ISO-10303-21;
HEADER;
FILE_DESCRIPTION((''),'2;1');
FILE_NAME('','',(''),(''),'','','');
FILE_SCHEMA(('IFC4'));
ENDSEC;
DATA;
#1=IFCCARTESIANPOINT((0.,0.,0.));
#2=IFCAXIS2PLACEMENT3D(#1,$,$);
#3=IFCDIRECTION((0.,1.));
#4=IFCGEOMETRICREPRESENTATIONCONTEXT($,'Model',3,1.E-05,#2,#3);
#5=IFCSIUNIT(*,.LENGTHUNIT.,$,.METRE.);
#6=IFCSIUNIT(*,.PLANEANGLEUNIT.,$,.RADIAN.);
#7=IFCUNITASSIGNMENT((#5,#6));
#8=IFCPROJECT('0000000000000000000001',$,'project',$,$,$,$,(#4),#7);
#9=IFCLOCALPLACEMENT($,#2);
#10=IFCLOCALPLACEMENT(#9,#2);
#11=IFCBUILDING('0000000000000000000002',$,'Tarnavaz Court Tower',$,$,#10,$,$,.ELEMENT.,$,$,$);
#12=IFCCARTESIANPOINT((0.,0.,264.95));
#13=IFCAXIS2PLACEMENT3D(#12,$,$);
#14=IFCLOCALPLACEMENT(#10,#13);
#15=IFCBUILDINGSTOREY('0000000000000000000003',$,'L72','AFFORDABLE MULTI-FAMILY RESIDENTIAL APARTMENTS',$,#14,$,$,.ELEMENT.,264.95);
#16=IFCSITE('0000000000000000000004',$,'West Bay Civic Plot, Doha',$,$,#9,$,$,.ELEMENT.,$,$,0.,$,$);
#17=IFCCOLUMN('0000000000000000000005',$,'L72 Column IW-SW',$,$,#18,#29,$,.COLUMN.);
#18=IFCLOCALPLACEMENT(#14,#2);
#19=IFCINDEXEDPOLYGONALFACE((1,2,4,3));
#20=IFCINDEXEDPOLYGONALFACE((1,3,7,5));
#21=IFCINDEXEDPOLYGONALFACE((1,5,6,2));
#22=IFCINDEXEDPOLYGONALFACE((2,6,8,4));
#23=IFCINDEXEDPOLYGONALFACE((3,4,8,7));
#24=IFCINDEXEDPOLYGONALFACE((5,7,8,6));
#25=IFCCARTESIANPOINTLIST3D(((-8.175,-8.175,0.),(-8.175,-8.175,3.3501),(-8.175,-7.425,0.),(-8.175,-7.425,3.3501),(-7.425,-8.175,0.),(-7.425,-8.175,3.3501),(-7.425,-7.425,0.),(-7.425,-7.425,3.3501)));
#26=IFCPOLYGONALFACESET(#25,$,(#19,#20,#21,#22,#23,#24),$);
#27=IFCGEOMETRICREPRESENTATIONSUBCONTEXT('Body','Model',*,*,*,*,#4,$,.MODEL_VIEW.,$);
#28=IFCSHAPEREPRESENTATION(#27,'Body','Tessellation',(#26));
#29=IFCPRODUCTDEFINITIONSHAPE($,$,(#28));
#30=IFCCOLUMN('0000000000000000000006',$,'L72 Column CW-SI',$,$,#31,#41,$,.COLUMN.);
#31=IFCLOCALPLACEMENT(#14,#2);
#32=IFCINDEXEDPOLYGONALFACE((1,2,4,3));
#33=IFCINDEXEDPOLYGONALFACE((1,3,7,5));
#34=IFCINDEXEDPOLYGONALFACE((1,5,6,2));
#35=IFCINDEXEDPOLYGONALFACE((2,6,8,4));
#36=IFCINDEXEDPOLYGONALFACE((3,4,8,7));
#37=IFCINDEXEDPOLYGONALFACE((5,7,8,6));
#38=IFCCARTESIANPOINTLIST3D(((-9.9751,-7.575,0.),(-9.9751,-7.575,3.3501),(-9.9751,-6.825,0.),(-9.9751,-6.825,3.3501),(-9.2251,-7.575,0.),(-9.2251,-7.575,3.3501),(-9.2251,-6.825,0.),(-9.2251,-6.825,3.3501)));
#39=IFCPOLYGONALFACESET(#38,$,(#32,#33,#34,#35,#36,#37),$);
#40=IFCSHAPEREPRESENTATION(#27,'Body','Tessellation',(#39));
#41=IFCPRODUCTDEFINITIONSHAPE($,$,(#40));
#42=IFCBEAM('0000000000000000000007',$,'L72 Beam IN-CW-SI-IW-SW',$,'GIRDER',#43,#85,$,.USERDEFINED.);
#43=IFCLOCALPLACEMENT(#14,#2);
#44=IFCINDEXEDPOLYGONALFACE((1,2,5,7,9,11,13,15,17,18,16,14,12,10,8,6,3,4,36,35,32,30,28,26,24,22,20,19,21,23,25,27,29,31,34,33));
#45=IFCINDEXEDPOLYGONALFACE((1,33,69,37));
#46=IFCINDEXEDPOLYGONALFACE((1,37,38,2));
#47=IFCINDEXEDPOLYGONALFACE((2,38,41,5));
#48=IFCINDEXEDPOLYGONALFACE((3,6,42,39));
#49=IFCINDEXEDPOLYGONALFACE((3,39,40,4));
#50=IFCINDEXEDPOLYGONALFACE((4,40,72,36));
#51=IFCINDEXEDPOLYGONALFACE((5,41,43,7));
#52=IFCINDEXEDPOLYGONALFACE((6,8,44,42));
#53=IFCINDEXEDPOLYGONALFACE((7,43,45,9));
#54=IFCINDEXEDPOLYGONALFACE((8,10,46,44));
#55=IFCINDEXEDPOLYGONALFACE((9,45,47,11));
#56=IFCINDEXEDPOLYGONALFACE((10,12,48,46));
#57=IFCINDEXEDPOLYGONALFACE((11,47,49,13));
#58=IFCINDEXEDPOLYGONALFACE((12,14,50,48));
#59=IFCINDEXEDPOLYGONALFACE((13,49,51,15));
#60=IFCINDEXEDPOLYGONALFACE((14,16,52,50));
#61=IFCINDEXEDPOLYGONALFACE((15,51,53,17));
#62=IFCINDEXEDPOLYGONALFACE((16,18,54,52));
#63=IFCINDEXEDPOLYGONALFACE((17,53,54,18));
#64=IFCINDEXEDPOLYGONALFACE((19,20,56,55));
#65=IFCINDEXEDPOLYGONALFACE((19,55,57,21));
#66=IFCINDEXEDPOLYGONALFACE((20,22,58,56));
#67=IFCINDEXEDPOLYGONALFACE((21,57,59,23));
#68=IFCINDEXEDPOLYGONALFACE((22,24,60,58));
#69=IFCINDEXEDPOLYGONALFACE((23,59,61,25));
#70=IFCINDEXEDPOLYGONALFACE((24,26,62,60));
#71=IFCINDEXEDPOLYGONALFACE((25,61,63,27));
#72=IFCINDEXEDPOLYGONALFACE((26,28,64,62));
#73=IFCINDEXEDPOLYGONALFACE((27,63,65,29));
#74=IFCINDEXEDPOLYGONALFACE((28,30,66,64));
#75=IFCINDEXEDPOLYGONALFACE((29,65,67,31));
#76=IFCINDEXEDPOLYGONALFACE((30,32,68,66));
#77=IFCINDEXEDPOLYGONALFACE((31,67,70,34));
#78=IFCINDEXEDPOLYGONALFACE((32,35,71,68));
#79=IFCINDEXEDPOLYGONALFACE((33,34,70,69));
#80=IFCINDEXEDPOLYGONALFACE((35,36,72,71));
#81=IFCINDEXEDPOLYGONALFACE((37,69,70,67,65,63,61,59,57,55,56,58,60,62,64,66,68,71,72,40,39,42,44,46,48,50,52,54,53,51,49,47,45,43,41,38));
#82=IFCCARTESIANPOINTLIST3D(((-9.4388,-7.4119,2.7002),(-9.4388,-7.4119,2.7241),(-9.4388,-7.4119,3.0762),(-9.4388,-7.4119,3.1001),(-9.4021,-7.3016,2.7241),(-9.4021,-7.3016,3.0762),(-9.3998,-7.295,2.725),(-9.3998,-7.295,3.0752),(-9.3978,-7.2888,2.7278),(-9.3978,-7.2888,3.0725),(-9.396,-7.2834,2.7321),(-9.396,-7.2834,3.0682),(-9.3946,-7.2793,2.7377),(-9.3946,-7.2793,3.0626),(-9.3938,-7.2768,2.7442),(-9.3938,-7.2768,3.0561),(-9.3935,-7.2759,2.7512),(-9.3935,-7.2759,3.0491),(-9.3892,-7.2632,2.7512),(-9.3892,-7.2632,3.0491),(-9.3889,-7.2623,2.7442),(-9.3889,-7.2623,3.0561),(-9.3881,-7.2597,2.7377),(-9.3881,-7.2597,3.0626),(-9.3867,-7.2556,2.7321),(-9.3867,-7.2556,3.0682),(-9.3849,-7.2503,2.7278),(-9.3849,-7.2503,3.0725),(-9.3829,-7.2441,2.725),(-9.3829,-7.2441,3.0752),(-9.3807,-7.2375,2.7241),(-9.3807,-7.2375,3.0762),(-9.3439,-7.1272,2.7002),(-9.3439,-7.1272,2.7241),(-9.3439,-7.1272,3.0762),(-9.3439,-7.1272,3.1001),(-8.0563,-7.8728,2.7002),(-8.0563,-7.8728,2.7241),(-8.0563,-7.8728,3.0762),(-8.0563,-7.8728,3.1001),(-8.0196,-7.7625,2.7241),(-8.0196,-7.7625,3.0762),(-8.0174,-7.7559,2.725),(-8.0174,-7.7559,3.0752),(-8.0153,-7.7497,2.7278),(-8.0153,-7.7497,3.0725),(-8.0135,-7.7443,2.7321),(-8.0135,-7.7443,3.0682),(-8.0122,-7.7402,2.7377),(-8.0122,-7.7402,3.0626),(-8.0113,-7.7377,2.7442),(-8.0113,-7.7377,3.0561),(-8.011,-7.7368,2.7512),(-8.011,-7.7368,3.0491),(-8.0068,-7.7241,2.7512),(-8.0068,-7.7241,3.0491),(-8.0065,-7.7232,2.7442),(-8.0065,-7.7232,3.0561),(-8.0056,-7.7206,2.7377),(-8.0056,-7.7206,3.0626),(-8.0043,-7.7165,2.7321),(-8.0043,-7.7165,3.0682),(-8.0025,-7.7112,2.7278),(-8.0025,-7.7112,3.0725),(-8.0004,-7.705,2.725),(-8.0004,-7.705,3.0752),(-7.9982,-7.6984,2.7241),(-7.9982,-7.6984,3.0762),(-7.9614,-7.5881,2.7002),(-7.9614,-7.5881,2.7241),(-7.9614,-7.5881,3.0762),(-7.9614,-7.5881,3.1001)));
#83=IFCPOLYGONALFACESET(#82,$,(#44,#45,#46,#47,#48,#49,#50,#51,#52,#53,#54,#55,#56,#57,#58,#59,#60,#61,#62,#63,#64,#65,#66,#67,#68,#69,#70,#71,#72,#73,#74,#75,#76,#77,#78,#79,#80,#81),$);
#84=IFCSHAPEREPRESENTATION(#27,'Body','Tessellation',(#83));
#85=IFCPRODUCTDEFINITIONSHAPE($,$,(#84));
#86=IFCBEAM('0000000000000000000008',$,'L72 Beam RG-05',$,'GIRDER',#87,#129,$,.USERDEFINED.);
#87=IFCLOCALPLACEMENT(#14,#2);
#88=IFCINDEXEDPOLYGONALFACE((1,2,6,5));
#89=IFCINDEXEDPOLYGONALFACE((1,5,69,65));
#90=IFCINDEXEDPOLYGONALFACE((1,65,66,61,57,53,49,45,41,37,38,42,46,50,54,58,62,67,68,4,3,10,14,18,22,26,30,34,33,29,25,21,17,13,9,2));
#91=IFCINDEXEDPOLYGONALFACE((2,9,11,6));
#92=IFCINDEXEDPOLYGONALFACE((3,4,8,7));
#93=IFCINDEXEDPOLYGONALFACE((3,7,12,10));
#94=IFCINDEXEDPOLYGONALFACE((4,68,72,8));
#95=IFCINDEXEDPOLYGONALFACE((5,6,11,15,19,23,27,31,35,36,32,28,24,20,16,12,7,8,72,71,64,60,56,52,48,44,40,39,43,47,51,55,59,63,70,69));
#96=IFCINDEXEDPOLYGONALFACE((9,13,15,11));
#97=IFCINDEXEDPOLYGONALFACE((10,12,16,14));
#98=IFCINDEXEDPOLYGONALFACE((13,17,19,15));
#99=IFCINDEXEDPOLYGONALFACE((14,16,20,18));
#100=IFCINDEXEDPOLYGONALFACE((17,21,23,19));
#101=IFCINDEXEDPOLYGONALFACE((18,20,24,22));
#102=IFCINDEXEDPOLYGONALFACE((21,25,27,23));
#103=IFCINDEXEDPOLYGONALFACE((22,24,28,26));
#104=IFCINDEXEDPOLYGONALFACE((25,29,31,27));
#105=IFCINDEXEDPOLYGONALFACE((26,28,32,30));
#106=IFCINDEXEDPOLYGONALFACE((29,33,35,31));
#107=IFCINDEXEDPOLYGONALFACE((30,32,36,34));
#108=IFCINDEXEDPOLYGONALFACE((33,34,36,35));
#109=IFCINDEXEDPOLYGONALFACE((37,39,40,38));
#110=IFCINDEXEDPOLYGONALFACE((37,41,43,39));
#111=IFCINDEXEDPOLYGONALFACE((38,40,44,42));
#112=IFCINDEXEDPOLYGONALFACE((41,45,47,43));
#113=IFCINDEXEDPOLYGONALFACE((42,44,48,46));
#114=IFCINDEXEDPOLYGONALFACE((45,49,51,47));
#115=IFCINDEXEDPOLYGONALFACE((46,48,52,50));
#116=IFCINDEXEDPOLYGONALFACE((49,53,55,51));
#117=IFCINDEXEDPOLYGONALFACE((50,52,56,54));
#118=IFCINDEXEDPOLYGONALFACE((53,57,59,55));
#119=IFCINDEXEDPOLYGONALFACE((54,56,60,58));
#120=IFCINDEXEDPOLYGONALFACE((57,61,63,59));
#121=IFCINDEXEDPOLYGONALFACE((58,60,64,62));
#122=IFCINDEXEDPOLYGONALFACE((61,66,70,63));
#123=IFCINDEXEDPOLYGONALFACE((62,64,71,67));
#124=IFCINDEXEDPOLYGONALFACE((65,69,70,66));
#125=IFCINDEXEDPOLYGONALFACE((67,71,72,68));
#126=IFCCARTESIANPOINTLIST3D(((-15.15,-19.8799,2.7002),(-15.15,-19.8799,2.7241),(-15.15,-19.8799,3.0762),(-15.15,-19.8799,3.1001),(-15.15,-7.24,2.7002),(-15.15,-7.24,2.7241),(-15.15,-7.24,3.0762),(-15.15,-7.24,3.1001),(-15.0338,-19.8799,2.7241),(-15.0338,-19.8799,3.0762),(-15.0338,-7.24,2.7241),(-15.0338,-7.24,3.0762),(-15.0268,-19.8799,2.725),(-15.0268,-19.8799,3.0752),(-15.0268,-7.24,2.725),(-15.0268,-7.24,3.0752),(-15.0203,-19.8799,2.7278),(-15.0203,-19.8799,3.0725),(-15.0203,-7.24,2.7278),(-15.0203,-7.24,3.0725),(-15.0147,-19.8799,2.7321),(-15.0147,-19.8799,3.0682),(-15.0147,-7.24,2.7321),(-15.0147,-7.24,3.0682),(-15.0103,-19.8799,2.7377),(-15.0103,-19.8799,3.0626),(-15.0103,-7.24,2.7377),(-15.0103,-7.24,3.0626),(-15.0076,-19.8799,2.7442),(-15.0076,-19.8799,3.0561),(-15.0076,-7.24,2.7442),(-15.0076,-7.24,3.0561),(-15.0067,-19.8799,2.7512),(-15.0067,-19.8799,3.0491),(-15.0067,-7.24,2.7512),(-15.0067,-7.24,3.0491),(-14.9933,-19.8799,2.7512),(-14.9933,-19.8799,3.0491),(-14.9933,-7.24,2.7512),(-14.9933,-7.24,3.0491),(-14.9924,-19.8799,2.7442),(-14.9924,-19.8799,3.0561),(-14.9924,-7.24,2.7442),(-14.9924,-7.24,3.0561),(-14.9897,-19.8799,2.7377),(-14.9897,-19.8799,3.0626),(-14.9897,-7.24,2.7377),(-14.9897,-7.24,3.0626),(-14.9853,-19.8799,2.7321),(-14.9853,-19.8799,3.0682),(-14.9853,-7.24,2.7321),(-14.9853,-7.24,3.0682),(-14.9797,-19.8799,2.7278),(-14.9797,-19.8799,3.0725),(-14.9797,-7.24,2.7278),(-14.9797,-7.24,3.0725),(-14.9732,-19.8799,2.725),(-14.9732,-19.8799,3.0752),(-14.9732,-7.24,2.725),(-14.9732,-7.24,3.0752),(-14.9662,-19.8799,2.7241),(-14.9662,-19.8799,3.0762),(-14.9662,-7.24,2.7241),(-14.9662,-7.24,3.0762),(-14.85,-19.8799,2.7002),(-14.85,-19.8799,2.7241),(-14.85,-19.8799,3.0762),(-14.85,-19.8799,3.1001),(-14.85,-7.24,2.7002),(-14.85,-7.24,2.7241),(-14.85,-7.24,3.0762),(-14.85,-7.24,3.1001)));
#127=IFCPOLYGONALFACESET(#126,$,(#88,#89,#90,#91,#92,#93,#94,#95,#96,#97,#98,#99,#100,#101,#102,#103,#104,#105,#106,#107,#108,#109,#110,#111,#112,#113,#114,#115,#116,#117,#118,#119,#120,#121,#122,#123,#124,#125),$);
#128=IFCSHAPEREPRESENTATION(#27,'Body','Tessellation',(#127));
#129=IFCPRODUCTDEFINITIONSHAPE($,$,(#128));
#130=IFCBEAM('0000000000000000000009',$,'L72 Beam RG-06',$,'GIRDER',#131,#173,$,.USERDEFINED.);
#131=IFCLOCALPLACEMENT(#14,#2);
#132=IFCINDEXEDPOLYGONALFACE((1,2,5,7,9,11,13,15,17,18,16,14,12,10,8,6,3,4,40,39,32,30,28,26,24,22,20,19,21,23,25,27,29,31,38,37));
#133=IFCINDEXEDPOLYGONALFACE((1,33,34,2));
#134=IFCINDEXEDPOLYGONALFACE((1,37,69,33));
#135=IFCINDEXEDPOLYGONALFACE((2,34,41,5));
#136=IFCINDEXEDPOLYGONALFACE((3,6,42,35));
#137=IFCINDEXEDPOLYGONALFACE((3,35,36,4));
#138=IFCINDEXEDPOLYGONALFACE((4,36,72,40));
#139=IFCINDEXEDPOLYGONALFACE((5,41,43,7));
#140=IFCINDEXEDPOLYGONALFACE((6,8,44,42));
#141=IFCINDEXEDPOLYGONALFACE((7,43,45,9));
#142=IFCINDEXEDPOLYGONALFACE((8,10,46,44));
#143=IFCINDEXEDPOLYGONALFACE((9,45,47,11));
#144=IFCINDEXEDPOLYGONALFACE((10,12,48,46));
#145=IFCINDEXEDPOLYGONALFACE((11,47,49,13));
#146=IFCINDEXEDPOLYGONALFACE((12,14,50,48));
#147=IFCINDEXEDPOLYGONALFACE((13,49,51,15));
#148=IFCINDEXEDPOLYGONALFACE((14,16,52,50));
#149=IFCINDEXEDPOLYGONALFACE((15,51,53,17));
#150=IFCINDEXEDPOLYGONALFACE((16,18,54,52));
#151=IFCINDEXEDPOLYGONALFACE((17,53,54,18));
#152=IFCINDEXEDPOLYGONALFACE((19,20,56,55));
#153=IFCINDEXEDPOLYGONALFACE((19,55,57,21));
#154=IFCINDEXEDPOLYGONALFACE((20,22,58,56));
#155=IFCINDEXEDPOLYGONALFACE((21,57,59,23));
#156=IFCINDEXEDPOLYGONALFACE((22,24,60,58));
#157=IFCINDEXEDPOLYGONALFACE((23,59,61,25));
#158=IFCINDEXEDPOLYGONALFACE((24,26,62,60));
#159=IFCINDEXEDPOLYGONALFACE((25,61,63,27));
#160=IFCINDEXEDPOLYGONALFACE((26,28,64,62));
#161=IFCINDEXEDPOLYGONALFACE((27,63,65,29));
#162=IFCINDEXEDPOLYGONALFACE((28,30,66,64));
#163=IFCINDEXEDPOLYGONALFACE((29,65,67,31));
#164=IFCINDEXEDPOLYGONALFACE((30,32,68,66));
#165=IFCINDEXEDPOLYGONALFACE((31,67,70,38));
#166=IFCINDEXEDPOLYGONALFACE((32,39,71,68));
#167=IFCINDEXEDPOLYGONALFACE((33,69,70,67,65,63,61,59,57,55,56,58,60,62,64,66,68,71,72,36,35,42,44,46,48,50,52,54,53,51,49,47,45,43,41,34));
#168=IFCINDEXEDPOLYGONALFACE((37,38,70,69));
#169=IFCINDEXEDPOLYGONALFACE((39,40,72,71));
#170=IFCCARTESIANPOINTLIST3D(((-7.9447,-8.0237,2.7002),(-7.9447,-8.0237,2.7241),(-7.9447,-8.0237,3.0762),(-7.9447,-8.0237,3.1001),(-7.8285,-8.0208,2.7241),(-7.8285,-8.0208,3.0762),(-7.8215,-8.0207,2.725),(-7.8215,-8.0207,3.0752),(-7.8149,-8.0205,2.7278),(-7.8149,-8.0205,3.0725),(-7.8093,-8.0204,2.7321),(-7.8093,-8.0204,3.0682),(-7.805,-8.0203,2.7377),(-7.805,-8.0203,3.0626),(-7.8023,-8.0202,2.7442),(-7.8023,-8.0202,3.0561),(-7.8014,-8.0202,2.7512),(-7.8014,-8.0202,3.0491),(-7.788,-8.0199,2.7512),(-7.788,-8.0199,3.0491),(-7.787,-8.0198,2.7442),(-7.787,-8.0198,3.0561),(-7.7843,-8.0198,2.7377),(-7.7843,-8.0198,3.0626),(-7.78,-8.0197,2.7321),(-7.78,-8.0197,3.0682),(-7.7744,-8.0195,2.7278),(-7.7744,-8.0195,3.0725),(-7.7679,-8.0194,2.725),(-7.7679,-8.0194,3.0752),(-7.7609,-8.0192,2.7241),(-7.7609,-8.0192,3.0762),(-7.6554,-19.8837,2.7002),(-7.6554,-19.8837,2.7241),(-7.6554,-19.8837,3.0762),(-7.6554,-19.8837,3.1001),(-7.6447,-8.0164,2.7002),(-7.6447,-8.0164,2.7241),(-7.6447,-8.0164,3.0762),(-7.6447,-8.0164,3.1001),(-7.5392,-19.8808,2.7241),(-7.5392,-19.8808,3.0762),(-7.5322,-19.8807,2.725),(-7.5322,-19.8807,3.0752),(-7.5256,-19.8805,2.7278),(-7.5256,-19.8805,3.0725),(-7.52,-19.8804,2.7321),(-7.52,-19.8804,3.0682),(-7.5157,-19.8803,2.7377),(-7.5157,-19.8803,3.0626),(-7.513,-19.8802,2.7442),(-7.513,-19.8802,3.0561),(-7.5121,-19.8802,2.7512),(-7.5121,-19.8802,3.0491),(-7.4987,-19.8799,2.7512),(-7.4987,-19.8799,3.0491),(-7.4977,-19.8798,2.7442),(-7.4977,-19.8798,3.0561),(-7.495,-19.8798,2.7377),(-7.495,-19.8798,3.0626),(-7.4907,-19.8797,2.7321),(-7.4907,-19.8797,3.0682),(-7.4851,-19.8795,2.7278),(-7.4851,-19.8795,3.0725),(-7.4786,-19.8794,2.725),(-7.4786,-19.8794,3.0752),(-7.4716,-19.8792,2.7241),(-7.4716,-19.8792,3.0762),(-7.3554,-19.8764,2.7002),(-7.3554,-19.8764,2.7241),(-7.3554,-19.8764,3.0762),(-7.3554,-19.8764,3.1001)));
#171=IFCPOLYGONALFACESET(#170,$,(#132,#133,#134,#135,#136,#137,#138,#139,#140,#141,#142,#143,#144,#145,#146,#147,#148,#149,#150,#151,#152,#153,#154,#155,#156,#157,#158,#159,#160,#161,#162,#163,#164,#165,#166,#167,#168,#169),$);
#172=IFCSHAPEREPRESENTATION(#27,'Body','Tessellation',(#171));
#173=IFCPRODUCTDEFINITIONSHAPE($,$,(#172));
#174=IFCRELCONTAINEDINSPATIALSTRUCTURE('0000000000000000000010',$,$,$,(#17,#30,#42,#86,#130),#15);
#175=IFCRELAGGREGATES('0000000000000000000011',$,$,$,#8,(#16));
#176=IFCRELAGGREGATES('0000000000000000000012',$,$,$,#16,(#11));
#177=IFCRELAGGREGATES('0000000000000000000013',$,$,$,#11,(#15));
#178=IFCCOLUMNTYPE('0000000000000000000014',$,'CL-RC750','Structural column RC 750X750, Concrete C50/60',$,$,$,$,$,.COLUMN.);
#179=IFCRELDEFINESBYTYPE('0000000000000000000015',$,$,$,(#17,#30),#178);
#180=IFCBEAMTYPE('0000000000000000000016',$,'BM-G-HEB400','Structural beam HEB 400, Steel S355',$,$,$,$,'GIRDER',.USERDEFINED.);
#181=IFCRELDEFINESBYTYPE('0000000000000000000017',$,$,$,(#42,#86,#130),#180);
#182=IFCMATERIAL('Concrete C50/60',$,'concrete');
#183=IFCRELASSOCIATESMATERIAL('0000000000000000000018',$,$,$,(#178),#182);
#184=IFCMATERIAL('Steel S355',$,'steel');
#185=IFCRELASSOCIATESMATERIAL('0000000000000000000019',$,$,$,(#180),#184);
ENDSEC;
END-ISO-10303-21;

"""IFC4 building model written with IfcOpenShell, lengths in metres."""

from ifc_helpers import new_model, si_unit, direction, frame, origin, origin_2d, place, context, subcontext, project, spatial, rectangle, i_section, extrude, material, material_profile, profile_set, type_object, element, save


model = new_model("IFC4")

# Units and contexts
model_context = context("Model", 3, precision=1e-05, world=origin(), true_north=direction((0.0, 1.0)))
body_context = subcontext(model_context, "Body", "Model", "MODEL_VIEW")
ifc_project = project(units=[si_unit("LENGTHUNIT", "METRE"), si_unit("PLANEANGLEUNIT", "RADIAN")], contexts=[model_context])

# Site, building, storey
site_placement = place(None, origin())
site = spatial("IfcSite", under=ifc_project, at=site_placement, Name="West Bay Civic Plot, Doha", CompositionType="ELEMENT", RefElevation=0.0)
building_placement = place(site_placement, origin())
building = spatial("IfcBuilding", under=site, at=building_placement, Name="Tarnavaz Court Tower", CompositionType="ELEMENT")
storey_placement = place(building_placement, frame((0.0, 0.0, 264.95)))
storey = spatial("IfcBuildingStorey", under=building, at=storey_placement, Name="L72", Description="AFFORDABLE MULTI-FAMILY RESIDENTIAL APARTMENTS", CompositionType="ELEMENT", Elevation=264.95)

# Columns
ifc_material_1 = material(Name="Concrete C50/60", Category="concrete")
ifc_material_profile_1 = material_profile(ifc_material_1, rectangle(XDim=0.75, YDim=0.75, at=origin_2d()), Name="RC 750X750")
ifc_profile_set_1 = profile_set([ifc_material_profile_1], Name="Concrete C50/60")
column_type = type_object("IfcColumnType", Name="CL-RC750", Description="Structural column RC 750X750, Concrete C50/60", PredefinedType="COLUMN", material=ifc_profile_set_1)
for number, where, z_axis, x_axis, name in (
    (1, (-7.8, -7.8, 0.0), (0.0, 0.0, 1.0), (1.0, 0.0, 0.0), "L72 Column IW-SW"),
    (2, (-9.6001, -7.2, 0.0), (0.0, 0.0, 1.0), (1.0, 0.0, 0.0), "L72 Column CW-SI"),
):
    element("IfcColumn", number, at=place(storey_placement, frame(where, z_axis=z_axis, x_axis=x_axis)), inside=storey, type_object=column_type, Name=name, PredefinedType="COLUMN", context=body_context, shape_type="SweptSolid", body=[
        extrude(rectangle(XDim=0.75, YDim=0.75, at=origin_2d()), origin(), (0.0, 0.0, 1.0), 3.3501),
    ])

# Beams
ifc_material_2 = material(Name="Steel S355", Category="steel")
ifc_material_profile_2 = material_profile(ifc_material_2, i_section(OverallWidth=0.3, OverallDepth=0.3999, WebThickness=0.0134, FlangeThickness=0.0239, FilletRadius=0.0271, at=origin_2d()), Name="HEB 400")
ifc_profile_set_2 = profile_set([ifc_material_profile_2], Name="Steel S355")
beam_type_1 = type_object("IfcBeamType", Name="BM-G-HEB400", Description="Structural beam HEB 400, Steel S355", ElementType="GIRDER", PredefinedType="USERDEFINED", material=ifc_profile_set_2)
beam_1_placement = place(storey_placement, frame((-9.3914, -7.2695, 2.9001), z_axis=(0.948667, -0.316278, 0.0), x_axis=(0.316278, 0.948667, 0.0)))
element("IfcBeam", 3, at=beam_1_placement, inside=storey, type_object=beam_type_1, Name="L72 Beam IN-CW-SI-IW-SW", ObjectType="GIRDER", PredefinedType="USERDEFINED", context=body_context, shape_type="SweptSolid", body=[
    extrude(i_section(OverallWidth=0.3, OverallDepth=0.3999, WebThickness=0.0134, FlangeThickness=0.0239, FilletRadius=0.0271, at=origin_2d()), origin(), (0.0, 0.0, 1.0), 1.4573),
])
beam_2_placement = place(storey_placement, frame((-15.0, -7.24, 2.9001), z_axis=(0.0, -1.0, 0.0), x_axis=(1.0, 0.0, 0.0)))
element("IfcBeam", 4, at=beam_2_placement, inside=storey, type_object=beam_type_1, Name="L72 Beam RG-05", ObjectType="GIRDER", PredefinedType="USERDEFINED", context=body_context, shape_type="SweptSolid", body=[
    extrude(i_section(OverallWidth=0.3, OverallDepth=0.3999, WebThickness=0.0134, FlangeThickness=0.0239, FilletRadius=0.0271, at=origin_2d()), origin(), (0.0, 0.0, 1.0), 12.6399),
])
beam_3_placement = place(storey_placement, frame((-7.7947, -8.02, 2.9001), z_axis=(0.024386, -0.999703, 0.0), x_axis=(0.999703, 0.024386, 0.0)))
element("IfcBeam", 5, at=beam_3_placement, inside=storey, type_object=beam_type_1, Name="L72 Beam RG-06", ObjectType="GIRDER", PredefinedType="USERDEFINED", context=body_context, shape_type="SweptSolid", body=[
    extrude(i_section(OverallWidth=0.3, OverallDepth=0.3999, WebThickness=0.0134, FlangeThickness=0.0239, FilletRadius=0.0271, at=origin_2d()), origin(), (0.0, 0.0, 1.0), 11.8635),
])

save(model, "model.ifc")
